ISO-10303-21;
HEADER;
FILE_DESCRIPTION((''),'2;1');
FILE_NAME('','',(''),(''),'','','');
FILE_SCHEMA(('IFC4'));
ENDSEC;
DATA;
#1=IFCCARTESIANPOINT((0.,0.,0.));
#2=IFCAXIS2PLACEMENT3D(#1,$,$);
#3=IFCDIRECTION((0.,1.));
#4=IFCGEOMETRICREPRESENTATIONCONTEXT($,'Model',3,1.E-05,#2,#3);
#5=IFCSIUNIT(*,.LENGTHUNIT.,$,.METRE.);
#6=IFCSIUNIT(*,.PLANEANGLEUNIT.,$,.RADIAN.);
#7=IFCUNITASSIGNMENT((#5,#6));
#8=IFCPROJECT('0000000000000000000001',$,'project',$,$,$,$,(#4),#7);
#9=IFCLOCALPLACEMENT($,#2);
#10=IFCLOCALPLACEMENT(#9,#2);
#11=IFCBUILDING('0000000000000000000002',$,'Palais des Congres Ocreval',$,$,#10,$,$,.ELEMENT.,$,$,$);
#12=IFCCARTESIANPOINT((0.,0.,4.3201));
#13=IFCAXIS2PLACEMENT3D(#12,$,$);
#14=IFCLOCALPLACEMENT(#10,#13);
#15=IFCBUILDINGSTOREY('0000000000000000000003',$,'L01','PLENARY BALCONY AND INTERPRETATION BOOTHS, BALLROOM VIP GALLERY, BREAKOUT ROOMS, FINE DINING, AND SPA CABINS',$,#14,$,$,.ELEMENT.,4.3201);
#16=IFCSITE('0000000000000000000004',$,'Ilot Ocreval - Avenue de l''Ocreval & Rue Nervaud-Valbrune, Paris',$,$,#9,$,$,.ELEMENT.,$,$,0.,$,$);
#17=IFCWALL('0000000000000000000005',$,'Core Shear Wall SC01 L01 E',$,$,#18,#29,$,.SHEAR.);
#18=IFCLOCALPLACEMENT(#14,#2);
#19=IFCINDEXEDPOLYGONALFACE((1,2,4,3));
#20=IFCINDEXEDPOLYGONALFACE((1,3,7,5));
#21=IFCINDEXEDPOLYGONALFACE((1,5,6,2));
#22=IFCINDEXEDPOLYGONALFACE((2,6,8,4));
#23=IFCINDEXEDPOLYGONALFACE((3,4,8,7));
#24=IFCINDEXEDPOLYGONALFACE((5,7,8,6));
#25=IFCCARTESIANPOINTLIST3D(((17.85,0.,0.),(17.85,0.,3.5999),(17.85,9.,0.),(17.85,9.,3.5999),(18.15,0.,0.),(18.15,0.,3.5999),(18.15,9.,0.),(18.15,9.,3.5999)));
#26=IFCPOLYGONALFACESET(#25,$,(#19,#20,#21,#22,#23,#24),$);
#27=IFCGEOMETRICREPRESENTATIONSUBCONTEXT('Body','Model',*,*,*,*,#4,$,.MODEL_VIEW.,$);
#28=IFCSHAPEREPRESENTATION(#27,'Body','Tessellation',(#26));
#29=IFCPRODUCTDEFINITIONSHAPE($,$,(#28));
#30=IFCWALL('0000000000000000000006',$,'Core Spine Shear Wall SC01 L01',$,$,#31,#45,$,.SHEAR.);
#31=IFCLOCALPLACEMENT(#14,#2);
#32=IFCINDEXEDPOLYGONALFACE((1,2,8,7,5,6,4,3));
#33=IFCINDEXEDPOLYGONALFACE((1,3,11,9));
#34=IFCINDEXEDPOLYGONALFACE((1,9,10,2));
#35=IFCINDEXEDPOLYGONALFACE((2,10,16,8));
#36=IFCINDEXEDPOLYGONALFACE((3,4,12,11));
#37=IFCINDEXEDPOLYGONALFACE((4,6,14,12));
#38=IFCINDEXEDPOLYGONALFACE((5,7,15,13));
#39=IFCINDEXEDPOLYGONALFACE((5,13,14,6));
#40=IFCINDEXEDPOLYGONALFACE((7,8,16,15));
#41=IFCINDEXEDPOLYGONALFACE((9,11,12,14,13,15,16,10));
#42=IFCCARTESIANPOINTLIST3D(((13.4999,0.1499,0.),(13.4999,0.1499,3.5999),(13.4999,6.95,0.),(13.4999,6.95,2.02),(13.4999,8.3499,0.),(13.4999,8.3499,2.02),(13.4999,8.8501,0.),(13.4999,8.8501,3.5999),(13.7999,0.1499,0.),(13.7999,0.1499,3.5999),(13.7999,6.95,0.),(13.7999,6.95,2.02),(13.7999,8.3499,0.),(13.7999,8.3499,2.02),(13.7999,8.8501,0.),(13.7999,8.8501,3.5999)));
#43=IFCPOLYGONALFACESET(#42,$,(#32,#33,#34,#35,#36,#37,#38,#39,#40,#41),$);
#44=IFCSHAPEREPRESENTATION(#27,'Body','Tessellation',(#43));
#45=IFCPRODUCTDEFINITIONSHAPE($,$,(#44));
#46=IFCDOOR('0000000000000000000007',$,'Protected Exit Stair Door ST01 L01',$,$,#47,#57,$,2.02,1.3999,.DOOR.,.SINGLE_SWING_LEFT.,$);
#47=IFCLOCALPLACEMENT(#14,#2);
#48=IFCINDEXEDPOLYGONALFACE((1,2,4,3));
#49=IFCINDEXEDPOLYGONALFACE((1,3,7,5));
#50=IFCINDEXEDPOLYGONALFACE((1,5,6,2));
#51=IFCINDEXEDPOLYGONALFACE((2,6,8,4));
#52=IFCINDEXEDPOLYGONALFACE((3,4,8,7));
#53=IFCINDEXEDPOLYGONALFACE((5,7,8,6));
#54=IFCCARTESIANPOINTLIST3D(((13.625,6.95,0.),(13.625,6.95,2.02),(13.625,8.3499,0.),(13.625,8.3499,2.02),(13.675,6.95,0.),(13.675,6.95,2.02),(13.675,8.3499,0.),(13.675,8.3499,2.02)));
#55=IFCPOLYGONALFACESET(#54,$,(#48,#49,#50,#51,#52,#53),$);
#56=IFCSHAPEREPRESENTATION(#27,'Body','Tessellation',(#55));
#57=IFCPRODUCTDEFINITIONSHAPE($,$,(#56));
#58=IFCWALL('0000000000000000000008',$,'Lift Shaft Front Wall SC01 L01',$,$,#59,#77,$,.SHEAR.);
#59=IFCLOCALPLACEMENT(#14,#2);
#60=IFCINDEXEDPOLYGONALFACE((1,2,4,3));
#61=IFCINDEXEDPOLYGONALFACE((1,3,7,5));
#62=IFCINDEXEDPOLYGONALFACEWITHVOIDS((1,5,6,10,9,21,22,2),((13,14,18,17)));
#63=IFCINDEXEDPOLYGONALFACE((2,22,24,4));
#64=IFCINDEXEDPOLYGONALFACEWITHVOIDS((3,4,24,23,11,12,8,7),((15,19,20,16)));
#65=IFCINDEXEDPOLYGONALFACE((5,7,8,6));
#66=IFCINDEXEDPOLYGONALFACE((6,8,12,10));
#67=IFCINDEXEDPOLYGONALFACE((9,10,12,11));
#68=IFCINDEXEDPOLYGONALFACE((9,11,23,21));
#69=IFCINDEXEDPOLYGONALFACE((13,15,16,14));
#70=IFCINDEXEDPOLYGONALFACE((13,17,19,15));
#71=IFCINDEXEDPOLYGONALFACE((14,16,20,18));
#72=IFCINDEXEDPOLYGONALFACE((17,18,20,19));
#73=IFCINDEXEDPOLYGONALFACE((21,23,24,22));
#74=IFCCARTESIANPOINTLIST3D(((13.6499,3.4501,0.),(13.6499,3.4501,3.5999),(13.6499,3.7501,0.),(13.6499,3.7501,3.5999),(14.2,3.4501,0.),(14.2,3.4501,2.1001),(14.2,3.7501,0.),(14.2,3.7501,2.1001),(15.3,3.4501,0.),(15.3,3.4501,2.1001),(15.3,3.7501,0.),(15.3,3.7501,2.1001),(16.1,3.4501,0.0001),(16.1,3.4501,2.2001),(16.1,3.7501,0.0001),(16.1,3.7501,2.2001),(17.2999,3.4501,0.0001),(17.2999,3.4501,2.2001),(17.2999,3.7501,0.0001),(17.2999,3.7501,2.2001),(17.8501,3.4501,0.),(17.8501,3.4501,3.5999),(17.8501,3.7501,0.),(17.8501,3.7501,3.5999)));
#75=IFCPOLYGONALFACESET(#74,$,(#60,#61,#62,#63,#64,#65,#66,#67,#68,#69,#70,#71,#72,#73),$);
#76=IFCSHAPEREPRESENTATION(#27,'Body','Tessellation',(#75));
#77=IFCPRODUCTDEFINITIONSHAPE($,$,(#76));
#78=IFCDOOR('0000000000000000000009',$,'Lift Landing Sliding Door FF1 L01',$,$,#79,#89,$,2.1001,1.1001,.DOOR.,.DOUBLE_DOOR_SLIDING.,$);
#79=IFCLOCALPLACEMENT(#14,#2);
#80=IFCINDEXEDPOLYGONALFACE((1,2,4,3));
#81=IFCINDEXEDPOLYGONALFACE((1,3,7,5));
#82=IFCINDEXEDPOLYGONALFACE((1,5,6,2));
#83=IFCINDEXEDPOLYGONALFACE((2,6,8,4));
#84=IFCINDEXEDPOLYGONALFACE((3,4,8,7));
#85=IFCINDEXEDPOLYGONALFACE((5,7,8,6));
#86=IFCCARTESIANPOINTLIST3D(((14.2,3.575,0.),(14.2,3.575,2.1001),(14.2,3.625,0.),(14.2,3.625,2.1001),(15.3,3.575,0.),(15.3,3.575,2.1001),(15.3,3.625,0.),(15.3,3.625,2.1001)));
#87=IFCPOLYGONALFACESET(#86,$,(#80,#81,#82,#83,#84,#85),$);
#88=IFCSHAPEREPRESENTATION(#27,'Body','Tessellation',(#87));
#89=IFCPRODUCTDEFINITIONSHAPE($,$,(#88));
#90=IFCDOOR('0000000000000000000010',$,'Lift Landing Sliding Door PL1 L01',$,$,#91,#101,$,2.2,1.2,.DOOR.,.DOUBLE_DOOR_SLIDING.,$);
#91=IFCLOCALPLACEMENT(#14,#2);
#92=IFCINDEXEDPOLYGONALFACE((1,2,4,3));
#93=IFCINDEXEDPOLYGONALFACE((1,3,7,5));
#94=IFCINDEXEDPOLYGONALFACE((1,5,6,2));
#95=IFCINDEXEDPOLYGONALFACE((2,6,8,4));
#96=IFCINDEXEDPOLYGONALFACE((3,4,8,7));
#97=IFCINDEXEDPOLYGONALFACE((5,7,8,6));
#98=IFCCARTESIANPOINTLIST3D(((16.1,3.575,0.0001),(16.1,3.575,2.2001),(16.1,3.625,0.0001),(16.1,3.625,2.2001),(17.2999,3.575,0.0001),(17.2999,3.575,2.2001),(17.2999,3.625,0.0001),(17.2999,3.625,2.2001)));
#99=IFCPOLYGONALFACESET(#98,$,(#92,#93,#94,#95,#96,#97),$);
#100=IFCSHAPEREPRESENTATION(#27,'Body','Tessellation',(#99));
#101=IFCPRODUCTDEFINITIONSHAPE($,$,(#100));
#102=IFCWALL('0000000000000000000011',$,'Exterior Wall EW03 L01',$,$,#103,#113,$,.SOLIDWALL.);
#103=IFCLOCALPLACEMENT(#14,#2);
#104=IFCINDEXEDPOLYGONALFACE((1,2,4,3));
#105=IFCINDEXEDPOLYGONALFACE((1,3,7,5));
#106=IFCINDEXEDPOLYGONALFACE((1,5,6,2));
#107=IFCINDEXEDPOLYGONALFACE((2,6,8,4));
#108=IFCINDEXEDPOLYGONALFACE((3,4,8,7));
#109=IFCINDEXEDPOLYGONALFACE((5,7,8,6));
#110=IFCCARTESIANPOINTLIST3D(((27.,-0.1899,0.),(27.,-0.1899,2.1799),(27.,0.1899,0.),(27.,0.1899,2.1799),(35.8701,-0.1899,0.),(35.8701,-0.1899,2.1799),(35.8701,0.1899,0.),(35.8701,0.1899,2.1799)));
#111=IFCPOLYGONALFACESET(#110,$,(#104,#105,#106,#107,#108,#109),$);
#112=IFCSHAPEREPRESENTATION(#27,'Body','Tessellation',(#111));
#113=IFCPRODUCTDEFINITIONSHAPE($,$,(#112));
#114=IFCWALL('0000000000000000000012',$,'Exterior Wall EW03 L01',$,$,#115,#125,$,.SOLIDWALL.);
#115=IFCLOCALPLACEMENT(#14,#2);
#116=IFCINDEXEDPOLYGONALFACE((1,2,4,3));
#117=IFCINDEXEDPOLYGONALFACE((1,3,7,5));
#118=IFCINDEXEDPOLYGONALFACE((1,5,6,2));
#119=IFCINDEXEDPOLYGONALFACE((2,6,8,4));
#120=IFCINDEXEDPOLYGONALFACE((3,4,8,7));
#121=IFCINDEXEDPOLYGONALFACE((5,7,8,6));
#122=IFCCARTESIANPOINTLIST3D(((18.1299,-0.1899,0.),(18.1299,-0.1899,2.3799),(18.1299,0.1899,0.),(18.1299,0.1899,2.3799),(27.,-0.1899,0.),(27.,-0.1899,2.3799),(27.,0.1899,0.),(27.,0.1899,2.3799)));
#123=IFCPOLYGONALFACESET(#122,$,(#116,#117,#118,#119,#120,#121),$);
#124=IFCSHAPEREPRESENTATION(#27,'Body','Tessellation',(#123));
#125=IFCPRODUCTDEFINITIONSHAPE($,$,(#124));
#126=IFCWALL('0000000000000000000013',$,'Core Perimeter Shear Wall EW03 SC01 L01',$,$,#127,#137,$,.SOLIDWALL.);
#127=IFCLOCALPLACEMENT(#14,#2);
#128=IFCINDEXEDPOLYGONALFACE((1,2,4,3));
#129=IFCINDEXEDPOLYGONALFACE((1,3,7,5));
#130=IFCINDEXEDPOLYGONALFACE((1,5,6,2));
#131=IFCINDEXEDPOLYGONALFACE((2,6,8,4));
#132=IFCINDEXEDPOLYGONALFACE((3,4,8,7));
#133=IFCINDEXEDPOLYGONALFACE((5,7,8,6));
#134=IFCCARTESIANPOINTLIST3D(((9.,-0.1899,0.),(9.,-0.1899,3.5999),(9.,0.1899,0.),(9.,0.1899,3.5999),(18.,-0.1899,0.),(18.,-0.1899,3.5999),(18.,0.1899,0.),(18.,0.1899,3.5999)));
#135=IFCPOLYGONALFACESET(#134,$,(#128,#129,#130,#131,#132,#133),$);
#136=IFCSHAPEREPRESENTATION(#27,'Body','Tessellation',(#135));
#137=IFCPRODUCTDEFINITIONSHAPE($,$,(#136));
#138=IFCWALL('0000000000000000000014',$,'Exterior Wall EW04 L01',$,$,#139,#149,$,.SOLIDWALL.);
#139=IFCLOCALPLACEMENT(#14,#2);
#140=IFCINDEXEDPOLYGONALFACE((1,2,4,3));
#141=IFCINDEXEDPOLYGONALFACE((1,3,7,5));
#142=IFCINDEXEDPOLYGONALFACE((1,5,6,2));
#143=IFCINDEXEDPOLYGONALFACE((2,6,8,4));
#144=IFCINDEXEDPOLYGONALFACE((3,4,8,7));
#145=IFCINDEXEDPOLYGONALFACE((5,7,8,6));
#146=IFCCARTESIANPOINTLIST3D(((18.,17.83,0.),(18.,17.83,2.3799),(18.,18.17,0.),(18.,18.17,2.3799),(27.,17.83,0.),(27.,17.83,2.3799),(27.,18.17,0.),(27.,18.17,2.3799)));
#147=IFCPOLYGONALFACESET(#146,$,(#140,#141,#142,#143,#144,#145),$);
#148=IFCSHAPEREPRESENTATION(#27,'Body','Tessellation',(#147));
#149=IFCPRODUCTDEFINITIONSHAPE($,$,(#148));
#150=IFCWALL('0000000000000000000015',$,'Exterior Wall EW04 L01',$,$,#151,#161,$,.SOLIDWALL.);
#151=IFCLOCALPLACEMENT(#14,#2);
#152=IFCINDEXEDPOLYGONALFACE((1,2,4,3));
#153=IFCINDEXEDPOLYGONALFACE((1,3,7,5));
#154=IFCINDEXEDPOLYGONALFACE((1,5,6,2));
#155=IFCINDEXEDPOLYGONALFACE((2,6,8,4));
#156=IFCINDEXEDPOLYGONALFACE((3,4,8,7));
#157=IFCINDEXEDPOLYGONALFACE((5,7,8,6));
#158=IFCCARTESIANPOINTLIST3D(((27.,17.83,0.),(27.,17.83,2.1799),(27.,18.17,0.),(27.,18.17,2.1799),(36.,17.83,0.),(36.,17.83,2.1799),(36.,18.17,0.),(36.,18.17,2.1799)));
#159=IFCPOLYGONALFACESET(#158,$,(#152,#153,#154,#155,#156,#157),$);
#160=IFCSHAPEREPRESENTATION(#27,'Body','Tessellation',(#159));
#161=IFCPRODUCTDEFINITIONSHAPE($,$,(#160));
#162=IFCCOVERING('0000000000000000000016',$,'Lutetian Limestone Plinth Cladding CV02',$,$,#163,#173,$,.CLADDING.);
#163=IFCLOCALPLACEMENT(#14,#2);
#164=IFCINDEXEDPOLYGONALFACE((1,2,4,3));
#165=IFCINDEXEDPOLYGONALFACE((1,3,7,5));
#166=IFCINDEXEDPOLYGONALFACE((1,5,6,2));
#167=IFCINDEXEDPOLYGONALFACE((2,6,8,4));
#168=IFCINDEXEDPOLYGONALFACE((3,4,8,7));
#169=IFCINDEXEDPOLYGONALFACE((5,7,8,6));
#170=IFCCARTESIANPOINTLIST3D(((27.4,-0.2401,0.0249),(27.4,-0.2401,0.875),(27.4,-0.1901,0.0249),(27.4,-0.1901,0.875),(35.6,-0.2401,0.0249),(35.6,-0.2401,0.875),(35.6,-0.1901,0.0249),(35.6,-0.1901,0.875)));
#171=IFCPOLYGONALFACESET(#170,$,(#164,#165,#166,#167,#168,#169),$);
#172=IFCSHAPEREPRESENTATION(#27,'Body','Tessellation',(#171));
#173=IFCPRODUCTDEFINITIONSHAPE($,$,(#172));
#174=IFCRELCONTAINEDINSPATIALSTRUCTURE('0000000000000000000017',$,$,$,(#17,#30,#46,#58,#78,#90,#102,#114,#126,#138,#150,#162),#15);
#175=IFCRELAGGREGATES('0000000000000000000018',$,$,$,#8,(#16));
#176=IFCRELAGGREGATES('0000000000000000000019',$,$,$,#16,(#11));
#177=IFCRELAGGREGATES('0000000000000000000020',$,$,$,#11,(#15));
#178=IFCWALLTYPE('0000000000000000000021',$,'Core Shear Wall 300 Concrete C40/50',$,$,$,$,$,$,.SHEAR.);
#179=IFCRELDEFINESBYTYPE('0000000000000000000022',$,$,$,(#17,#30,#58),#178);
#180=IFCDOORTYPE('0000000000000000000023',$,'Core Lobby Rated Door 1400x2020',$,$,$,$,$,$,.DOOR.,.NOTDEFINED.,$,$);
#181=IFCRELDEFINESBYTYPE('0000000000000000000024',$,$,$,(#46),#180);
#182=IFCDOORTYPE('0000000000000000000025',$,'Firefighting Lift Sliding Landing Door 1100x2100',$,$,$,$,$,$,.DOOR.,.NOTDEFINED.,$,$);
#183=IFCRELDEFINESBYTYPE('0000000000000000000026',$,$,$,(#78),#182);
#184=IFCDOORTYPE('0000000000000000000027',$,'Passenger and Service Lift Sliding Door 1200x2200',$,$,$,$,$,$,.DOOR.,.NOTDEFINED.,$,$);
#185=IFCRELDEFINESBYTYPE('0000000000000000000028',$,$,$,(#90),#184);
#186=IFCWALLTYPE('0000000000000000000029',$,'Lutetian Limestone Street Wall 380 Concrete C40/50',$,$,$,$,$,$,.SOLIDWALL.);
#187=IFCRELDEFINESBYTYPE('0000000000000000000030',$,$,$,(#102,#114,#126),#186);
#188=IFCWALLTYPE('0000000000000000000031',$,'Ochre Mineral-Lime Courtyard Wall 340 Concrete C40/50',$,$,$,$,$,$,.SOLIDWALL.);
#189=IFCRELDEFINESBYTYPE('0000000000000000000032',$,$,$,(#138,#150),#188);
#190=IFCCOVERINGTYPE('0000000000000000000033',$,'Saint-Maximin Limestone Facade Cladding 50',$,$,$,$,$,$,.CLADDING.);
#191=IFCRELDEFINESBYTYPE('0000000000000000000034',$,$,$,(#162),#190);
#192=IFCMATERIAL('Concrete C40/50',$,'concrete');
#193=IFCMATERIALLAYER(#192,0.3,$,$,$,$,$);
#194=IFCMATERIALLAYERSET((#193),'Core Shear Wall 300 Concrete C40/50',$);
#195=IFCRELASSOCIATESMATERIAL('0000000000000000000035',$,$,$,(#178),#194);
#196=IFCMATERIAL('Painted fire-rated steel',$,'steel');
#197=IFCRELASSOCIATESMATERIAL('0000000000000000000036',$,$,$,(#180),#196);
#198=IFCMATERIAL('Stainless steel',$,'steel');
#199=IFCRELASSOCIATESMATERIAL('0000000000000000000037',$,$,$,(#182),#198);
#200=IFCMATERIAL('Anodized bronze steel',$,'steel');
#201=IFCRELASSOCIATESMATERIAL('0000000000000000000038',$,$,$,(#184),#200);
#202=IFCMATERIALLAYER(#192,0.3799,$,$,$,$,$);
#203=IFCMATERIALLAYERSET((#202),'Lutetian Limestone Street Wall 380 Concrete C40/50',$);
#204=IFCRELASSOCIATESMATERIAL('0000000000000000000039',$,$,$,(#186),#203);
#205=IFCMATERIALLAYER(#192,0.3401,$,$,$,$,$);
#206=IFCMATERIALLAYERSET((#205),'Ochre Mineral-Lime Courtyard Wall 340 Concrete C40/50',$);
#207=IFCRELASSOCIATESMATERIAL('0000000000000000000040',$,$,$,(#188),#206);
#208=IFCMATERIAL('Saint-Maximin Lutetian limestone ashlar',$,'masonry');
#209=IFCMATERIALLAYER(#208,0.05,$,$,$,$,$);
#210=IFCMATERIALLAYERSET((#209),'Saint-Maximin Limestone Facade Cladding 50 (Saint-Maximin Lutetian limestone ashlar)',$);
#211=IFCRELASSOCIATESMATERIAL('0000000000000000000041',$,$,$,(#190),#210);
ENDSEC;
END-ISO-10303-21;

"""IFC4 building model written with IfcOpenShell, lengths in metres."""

from ifc_helpers import new_model, si_unit, direction, frame, frame_2d, origin, origin_2d, place, context, subcontext, project, spatial, rectangle, extrude, material, layer, layer_set, type_object, element, fill, save


model = new_model("IFC4")

# Units and contexts
model_context = context("Model", 3, precision=1e-05, world=origin(), true_north=direction((0.0, 1.0)))
body_context = subcontext(model_context, "Body", "Model", "MODEL_VIEW")
ifc_project = project(units=[si_unit("LENGTHUNIT", "METRE"), si_unit("PLANEANGLEUNIT", "RADIAN")], contexts=[model_context])

# Site, building, storey
site_placement = place(None, origin())
site = spatial("IfcSite", under=ifc_project, at=site_placement, Name="Ilot Ocreval - Avenue de l'Ocreval & Rue Nervaud-Valbrune, Paris", CompositionType="ELEMENT", RefElevation=0.0)
building_placement = place(site_placement, origin())
building = spatial("IfcBuilding", under=site, at=building_placement, Name="Palais des Congres Ocreval", CompositionType="ELEMENT")
storey_placement = place(building_placement, frame((0.0, 0.0, 4.3201)))
storey = spatial("IfcBuildingStorey", under=building, at=storey_placement, Name="L01", Description="PLENARY BALCONY AND INTERPRETATION BOOTHS, BALLROOM VIP GALLERY, BREAKOUT ROOMS, FINE DINING, AND SPA CABINS", CompositionType="ELEMENT", Elevation=4.3201)

# Shared definitions
ifc_material_1 = material(Name="Concrete C40/50", Category="concrete")

# Wall
ifc_layer_1 = layer(ifc_material_1, 0.3)
ifc_layer_set_1 = layer_set([ifc_layer_1], Name="Core Shear Wall 300 Concrete C40/50")
wall_type_1 = type_object("IfcWallType", Name="Core Shear Wall 300 Concrete C40/50", PredefinedType="SHEAR", material=ifc_layer_set_1)
wall_1_placement = place(storey_placement, frame((18.0, 0.0, 0.0), z_axis=(0.0, 0.0, 1.0), x_axis=(0.0, 1.0, 0.0)))
element("IfcWall", 1, at=wall_1_placement, inside=storey, type_object=wall_type_1, Name="Core Shear Wall SC01 L01 E", PredefinedType="SHEAR", context=body_context, shape_type="SweptSolid", body=[
    extrude(rectangle(XDim=9.0, YDim=0.3, at=frame_2d((4.5, 0.0))), origin(), (0.0, 0.0, 1.0), 3.5999),
])

# Wall, opening, door
wall_2_placement = place(storey_placement, frame((13.6499, 0.1499, 0.0), z_axis=(0.0, 0.0, 1.0), x_axis=(0.0, 1.0, 0.0)))
wall_2 = element("IfcWall", 2, at=wall_2_placement, inside=storey, type_object=wall_type_1, Name="Core Spine Shear Wall SC01 L01", PredefinedType="SHEAR", context=body_context, shape_type="SweptSolid", body=[
    extrude(rectangle(XDim=8.7002, YDim=0.3, at=frame_2d((4.3501, 0.0))), origin(), (0.0, 0.0, 1.0), 3.5999),
])
opening_1_placement = place(wall_2_placement, frame((6.8, 0.0, 0.0)))
opening_1 = element("IfcOpeningElement", 3, at=opening_1_placement, cuts=wall_2, PredefinedType="OPENING", context=body_context, shape_type="SweptSolid", body=[
    extrude(rectangle(XDim=1.3999, YDim=2.02, at=frame_2d((0.7, 1.01))), frame((0.0, 0.1599, 0.0), z_axis=(0.0, -1.0, 0.0), x_axis=(1.0, 0.0, 0.0)), (0.0, 0.0, 1.0), 0.3201),
])
ifc_material_2 = material(Name="Painted fire-rated steel", Category="steel")
door_type_1 = type_object("IfcDoorType", Name="Core Lobby Rated Door 1400x2020", OperationType="NOTDEFINED", PredefinedType="DOOR", material=ifc_material_2)
door_1_placement = place(opening_1_placement, origin())
door_1 = element("IfcDoor", 4, at=door_1_placement, inside=storey, type_object=door_type_1, Name="Protected Exit Stair Door ST01 L01", OperationType="SINGLE_SWING_LEFT", OverallHeight=2.02, OverallWidth=1.3999, PredefinedType="DOOR", context=body_context, shape_type="SweptSolid", body=[
    extrude(rectangle(XDim=1.3999, YDim=2.02, at=frame_2d((0.7, 1.01))), frame((0.0, 0.0249, 0.0), z_axis=(0.0, -1.0, 0.0), x_axis=(1.0, 0.0, 0.0)), (0.0, 0.0, 1.0), 0.05),
])
fill(opening_1, door_1)

# Wall, openings, doors
wall_3_placement = place(storey_placement, frame((13.6499, 3.6001, 0.0), z_axis=(0.0, 0.0, 1.0), x_axis=(1.0, 0.0, 0.0)))
wall_3 = element("IfcWall", 5, at=wall_3_placement, inside=storey, type_object=wall_type_1, Name="Lift Shaft Front Wall SC01 L01", PredefinedType="SHEAR", context=body_context, shape_type="SweptSolid", body=[
    extrude(rectangle(XDim=4.2002, YDim=0.3, at=frame_2d((2.1001, 0.0))), origin(), (0.0, 0.0, 1.0), 3.5999),
])
opening_2_placement = place(wall_3_placement, frame((0.55, 0.0, 0.0)))
opening_2 = element("IfcOpeningElement", 6, at=opening_2_placement, cuts=wall_3, PredefinedType="OPENING", context=body_context, shape_type="SweptSolid", body=[
    extrude(rectangle(XDim=1.1001, YDim=2.1001, at=frame_2d((0.55, 1.05))), frame((0.0, 0.1599, 0.0), z_axis=(0.0, -1.0, 0.0), x_axis=(1.0, 0.0, 0.0)), (0.0, 0.0, 1.0), 0.3201),
])
opening_3_placement = place(wall_3_placement, frame((2.45, 0.0, 0.0)))
opening_3 = element("IfcOpeningElement", 7, at=opening_3_placement, cuts=wall_3, PredefinedType="OPENING", context=body_context, shape_type="SweptSolid", body=[
    extrude(rectangle(XDim=1.2, YDim=2.2, at=frame_2d((0.6001, 1.1001))), frame((0.0, 0.1599, 0.0), z_axis=(0.0, -1.0, 0.0), x_axis=(1.0, 0.0, 0.0)), (0.0, 0.0, 1.0), 0.3201),
])
ifc_material_3 = material(Name="Stainless steel", Category="steel")
door_type_2 = type_object("IfcDoorType", Name="Firefighting Lift Sliding Landing Door 1100x2100", OperationType="NOTDEFINED", PredefinedType="DOOR", material=ifc_material_3)
door_2_placement = place(opening_2_placement, origin())
door_2 = element("IfcDoor", 8, at=door_2_placement, inside=storey, type_object=door_type_2, Name="Lift Landing Sliding Door FF1 L01", OperationType="DOUBLE_DOOR_SLIDING", OverallHeight=2.1001, OverallWidth=1.1001, PredefinedType="DOOR", context=body_context, shape_type="SweptSolid", body=[
    extrude(rectangle(XDim=1.1001, YDim=2.1001, at=frame_2d((0.55, 1.05))), frame((0.0, 0.0249, 0.0), z_axis=(0.0, -1.0, 0.0), x_axis=(1.0, 0.0, 0.0)), (0.0, 0.0, 1.0), 0.05),
])
fill(opening_2, door_2)
ifc_material_4 = material(Name="Anodized bronze steel", Category="steel")
door_type_3 = type_object("IfcDoorType", Name="Passenger and Service Lift Sliding Door 1200x2200", OperationType="NOTDEFINED", PredefinedType="DOOR", material=ifc_material_4)
door_3_placement = place(opening_3_placement, origin())
door_3 = element("IfcDoor", 9, at=door_3_placement, inside=storey, type_object=door_type_3, Name="Lift Landing Sliding Door PL1 L01", OperationType="DOUBLE_DOOR_SLIDING", OverallHeight=2.2, OverallWidth=1.2, PredefinedType="DOOR", context=body_context, shape_type="SweptSolid", body=[
    extrude(rectangle(XDim=1.2, YDim=2.2, at=frame_2d((0.6001, 1.1001))), frame((0.0, 0.0249, 0.0), z_axis=(0.0, -1.0, 0.0), x_axis=(1.0, 0.0, 0.0)), (0.0, 0.0, 1.0), 0.05),
])
fill(opening_3, door_3)

# Walls
ifc_layer_2 = layer(ifc_material_1, 0.3799)
ifc_layer_set_2 = layer_set([ifc_layer_2], Name="Lutetian Limestone Street Wall 380 Concrete C40/50")
wall_type_2 = type_object("IfcWallType", Name="Lutetian Limestone Street Wall 380 Concrete C40/50", PredefinedType="SOLIDWALL", material=ifc_layer_set_2)
wall_4_placement = place(storey_placement, frame((35.8701, 0.0, 0.0), z_axis=(0.0, 0.0, 1.0), x_axis=(-1.0, 0.0, 0.0)))
element("IfcWall", 10, at=wall_4_placement, inside=storey, type_object=wall_type_2, Name="Exterior Wall EW03 L01", PredefinedType="SOLIDWALL", context=body_context, shape_type="SweptSolid", body=[
    extrude(rectangle(XDim=8.8701, YDim=0.3799, at=frame_2d((4.4351, 0.0))), origin(), (0.0, 0.0, 1.0), 2.1799),
])
wall_5_placement = place(storey_placement, frame((27.0, 0.0, 0.0), z_axis=(0.0, 0.0, 1.0), x_axis=(-1.0, 0.0, 0.0)))
element("IfcWall", 11, at=wall_5_placement, inside=storey, type_object=wall_type_2, Name="Exterior Wall EW03 L01", PredefinedType="SOLIDWALL", context=body_context, shape_type="SweptSolid", body=[
    extrude(rectangle(XDim=8.8701, YDim=0.3799, at=frame_2d((4.4351, 0.0))), origin(), (0.0, 0.0, 1.0), 2.3799),
])
wall_6_placement = place(storey_placement, frame((18.0, 0.0, 0.0), z_axis=(0.0, 0.0, 1.0), x_axis=(-1.0, 0.0, 0.0)))
element("IfcWall", 12, at=wall_6_placement, inside=storey, type_object=wall_type_2, Name="Core Perimeter Shear Wall EW03 SC01 L01", PredefinedType="SOLIDWALL", context=body_context, shape_type="SweptSolid", body=[
    extrude(rectangle(XDim=9.0, YDim=0.3799, at=frame_2d((4.5, 0.0))), origin(), (0.0, 0.0, 1.0), 3.5999),
])
ifc_layer_3 = layer(ifc_material_1, 0.3401)
ifc_layer_set_3 = layer_set([ifc_layer_3], Name="Ochre Mineral-Lime Courtyard Wall 340 Concrete C40/50")
wall_type_3 = type_object("IfcWallType", Name="Ochre Mineral-Lime Courtyard Wall 340 Concrete C40/50", PredefinedType="SOLIDWALL", material=ifc_layer_set_3)
wall_7_placement = place(storey_placement, frame((18.0, 18.0, 0.0), z_axis=(0.0, 0.0, 1.0), x_axis=(1.0, 0.0, 0.0)))
element("IfcWall", 13, at=wall_7_placement, inside=storey, type_object=wall_type_3, Name="Exterior Wall EW04 L01", PredefinedType="SOLIDWALL", context=body_context, shape_type="SweptSolid", body=[
    extrude(rectangle(XDim=9.0, YDim=0.3401, at=frame_2d((4.5, 0.0))), origin(), (0.0, 0.0, 1.0), 2.3799),
])
wall_8_placement = place(storey_placement, frame((27.0, 18.0, 0.0), z_axis=(0.0, 0.0, 1.0), x_axis=(1.0, 0.0, 0.0)))
element("IfcWall", 14, at=wall_8_placement, inside=storey, type_object=wall_type_3, Name="Exterior Wall EW04 L01", PredefinedType="SOLIDWALL", context=body_context, shape_type="SweptSolid", body=[
    extrude(rectangle(XDim=9.0, YDim=0.3401, at=frame_2d((4.5, 0.0))), origin(), (0.0, 0.0, 1.0), 2.1799),
])

# Covering
ifc_material_5 = material(Name="Saint-Maximin Lutetian limestone ashlar", Category="masonry")
ifc_layer_4 = layer(ifc_material_5, 0.05)
ifc_layer_set_4 = layer_set([ifc_layer_4], Name="Saint-Maximin Limestone Facade Cladding 50 (Saint-Maximin Lutetian limestone ashlar)")
covering_type = type_object("IfcCoveringType", Name="Saint-Maximin Limestone Facade Cladding 50", PredefinedType="CLADDING", material=ifc_layer_set_4)
for number, where, z_axis, x_axis, name in (
    (15, (31.5, -0.2151, 0.0249), (0.0, 0.0, 1.0), (-1.0, 0.0, 0.0), "Lutetian Limestone Plinth Cladding CV02"),
):
    element("IfcCovering", number, at=place(storey_placement, frame(where, z_axis=z_axis, x_axis=x_axis)), inside=storey, type_object=covering_type, Name=name, PredefinedType="CLADDING", context=body_context, shape_type="SweptSolid", body=[
        extrude(rectangle(XDim=8.2, YDim=0.05, at=origin_2d()), origin(), (0.0, 0.0, 1.0), 0.8501),
    ])

save(model, "model.ifc")
